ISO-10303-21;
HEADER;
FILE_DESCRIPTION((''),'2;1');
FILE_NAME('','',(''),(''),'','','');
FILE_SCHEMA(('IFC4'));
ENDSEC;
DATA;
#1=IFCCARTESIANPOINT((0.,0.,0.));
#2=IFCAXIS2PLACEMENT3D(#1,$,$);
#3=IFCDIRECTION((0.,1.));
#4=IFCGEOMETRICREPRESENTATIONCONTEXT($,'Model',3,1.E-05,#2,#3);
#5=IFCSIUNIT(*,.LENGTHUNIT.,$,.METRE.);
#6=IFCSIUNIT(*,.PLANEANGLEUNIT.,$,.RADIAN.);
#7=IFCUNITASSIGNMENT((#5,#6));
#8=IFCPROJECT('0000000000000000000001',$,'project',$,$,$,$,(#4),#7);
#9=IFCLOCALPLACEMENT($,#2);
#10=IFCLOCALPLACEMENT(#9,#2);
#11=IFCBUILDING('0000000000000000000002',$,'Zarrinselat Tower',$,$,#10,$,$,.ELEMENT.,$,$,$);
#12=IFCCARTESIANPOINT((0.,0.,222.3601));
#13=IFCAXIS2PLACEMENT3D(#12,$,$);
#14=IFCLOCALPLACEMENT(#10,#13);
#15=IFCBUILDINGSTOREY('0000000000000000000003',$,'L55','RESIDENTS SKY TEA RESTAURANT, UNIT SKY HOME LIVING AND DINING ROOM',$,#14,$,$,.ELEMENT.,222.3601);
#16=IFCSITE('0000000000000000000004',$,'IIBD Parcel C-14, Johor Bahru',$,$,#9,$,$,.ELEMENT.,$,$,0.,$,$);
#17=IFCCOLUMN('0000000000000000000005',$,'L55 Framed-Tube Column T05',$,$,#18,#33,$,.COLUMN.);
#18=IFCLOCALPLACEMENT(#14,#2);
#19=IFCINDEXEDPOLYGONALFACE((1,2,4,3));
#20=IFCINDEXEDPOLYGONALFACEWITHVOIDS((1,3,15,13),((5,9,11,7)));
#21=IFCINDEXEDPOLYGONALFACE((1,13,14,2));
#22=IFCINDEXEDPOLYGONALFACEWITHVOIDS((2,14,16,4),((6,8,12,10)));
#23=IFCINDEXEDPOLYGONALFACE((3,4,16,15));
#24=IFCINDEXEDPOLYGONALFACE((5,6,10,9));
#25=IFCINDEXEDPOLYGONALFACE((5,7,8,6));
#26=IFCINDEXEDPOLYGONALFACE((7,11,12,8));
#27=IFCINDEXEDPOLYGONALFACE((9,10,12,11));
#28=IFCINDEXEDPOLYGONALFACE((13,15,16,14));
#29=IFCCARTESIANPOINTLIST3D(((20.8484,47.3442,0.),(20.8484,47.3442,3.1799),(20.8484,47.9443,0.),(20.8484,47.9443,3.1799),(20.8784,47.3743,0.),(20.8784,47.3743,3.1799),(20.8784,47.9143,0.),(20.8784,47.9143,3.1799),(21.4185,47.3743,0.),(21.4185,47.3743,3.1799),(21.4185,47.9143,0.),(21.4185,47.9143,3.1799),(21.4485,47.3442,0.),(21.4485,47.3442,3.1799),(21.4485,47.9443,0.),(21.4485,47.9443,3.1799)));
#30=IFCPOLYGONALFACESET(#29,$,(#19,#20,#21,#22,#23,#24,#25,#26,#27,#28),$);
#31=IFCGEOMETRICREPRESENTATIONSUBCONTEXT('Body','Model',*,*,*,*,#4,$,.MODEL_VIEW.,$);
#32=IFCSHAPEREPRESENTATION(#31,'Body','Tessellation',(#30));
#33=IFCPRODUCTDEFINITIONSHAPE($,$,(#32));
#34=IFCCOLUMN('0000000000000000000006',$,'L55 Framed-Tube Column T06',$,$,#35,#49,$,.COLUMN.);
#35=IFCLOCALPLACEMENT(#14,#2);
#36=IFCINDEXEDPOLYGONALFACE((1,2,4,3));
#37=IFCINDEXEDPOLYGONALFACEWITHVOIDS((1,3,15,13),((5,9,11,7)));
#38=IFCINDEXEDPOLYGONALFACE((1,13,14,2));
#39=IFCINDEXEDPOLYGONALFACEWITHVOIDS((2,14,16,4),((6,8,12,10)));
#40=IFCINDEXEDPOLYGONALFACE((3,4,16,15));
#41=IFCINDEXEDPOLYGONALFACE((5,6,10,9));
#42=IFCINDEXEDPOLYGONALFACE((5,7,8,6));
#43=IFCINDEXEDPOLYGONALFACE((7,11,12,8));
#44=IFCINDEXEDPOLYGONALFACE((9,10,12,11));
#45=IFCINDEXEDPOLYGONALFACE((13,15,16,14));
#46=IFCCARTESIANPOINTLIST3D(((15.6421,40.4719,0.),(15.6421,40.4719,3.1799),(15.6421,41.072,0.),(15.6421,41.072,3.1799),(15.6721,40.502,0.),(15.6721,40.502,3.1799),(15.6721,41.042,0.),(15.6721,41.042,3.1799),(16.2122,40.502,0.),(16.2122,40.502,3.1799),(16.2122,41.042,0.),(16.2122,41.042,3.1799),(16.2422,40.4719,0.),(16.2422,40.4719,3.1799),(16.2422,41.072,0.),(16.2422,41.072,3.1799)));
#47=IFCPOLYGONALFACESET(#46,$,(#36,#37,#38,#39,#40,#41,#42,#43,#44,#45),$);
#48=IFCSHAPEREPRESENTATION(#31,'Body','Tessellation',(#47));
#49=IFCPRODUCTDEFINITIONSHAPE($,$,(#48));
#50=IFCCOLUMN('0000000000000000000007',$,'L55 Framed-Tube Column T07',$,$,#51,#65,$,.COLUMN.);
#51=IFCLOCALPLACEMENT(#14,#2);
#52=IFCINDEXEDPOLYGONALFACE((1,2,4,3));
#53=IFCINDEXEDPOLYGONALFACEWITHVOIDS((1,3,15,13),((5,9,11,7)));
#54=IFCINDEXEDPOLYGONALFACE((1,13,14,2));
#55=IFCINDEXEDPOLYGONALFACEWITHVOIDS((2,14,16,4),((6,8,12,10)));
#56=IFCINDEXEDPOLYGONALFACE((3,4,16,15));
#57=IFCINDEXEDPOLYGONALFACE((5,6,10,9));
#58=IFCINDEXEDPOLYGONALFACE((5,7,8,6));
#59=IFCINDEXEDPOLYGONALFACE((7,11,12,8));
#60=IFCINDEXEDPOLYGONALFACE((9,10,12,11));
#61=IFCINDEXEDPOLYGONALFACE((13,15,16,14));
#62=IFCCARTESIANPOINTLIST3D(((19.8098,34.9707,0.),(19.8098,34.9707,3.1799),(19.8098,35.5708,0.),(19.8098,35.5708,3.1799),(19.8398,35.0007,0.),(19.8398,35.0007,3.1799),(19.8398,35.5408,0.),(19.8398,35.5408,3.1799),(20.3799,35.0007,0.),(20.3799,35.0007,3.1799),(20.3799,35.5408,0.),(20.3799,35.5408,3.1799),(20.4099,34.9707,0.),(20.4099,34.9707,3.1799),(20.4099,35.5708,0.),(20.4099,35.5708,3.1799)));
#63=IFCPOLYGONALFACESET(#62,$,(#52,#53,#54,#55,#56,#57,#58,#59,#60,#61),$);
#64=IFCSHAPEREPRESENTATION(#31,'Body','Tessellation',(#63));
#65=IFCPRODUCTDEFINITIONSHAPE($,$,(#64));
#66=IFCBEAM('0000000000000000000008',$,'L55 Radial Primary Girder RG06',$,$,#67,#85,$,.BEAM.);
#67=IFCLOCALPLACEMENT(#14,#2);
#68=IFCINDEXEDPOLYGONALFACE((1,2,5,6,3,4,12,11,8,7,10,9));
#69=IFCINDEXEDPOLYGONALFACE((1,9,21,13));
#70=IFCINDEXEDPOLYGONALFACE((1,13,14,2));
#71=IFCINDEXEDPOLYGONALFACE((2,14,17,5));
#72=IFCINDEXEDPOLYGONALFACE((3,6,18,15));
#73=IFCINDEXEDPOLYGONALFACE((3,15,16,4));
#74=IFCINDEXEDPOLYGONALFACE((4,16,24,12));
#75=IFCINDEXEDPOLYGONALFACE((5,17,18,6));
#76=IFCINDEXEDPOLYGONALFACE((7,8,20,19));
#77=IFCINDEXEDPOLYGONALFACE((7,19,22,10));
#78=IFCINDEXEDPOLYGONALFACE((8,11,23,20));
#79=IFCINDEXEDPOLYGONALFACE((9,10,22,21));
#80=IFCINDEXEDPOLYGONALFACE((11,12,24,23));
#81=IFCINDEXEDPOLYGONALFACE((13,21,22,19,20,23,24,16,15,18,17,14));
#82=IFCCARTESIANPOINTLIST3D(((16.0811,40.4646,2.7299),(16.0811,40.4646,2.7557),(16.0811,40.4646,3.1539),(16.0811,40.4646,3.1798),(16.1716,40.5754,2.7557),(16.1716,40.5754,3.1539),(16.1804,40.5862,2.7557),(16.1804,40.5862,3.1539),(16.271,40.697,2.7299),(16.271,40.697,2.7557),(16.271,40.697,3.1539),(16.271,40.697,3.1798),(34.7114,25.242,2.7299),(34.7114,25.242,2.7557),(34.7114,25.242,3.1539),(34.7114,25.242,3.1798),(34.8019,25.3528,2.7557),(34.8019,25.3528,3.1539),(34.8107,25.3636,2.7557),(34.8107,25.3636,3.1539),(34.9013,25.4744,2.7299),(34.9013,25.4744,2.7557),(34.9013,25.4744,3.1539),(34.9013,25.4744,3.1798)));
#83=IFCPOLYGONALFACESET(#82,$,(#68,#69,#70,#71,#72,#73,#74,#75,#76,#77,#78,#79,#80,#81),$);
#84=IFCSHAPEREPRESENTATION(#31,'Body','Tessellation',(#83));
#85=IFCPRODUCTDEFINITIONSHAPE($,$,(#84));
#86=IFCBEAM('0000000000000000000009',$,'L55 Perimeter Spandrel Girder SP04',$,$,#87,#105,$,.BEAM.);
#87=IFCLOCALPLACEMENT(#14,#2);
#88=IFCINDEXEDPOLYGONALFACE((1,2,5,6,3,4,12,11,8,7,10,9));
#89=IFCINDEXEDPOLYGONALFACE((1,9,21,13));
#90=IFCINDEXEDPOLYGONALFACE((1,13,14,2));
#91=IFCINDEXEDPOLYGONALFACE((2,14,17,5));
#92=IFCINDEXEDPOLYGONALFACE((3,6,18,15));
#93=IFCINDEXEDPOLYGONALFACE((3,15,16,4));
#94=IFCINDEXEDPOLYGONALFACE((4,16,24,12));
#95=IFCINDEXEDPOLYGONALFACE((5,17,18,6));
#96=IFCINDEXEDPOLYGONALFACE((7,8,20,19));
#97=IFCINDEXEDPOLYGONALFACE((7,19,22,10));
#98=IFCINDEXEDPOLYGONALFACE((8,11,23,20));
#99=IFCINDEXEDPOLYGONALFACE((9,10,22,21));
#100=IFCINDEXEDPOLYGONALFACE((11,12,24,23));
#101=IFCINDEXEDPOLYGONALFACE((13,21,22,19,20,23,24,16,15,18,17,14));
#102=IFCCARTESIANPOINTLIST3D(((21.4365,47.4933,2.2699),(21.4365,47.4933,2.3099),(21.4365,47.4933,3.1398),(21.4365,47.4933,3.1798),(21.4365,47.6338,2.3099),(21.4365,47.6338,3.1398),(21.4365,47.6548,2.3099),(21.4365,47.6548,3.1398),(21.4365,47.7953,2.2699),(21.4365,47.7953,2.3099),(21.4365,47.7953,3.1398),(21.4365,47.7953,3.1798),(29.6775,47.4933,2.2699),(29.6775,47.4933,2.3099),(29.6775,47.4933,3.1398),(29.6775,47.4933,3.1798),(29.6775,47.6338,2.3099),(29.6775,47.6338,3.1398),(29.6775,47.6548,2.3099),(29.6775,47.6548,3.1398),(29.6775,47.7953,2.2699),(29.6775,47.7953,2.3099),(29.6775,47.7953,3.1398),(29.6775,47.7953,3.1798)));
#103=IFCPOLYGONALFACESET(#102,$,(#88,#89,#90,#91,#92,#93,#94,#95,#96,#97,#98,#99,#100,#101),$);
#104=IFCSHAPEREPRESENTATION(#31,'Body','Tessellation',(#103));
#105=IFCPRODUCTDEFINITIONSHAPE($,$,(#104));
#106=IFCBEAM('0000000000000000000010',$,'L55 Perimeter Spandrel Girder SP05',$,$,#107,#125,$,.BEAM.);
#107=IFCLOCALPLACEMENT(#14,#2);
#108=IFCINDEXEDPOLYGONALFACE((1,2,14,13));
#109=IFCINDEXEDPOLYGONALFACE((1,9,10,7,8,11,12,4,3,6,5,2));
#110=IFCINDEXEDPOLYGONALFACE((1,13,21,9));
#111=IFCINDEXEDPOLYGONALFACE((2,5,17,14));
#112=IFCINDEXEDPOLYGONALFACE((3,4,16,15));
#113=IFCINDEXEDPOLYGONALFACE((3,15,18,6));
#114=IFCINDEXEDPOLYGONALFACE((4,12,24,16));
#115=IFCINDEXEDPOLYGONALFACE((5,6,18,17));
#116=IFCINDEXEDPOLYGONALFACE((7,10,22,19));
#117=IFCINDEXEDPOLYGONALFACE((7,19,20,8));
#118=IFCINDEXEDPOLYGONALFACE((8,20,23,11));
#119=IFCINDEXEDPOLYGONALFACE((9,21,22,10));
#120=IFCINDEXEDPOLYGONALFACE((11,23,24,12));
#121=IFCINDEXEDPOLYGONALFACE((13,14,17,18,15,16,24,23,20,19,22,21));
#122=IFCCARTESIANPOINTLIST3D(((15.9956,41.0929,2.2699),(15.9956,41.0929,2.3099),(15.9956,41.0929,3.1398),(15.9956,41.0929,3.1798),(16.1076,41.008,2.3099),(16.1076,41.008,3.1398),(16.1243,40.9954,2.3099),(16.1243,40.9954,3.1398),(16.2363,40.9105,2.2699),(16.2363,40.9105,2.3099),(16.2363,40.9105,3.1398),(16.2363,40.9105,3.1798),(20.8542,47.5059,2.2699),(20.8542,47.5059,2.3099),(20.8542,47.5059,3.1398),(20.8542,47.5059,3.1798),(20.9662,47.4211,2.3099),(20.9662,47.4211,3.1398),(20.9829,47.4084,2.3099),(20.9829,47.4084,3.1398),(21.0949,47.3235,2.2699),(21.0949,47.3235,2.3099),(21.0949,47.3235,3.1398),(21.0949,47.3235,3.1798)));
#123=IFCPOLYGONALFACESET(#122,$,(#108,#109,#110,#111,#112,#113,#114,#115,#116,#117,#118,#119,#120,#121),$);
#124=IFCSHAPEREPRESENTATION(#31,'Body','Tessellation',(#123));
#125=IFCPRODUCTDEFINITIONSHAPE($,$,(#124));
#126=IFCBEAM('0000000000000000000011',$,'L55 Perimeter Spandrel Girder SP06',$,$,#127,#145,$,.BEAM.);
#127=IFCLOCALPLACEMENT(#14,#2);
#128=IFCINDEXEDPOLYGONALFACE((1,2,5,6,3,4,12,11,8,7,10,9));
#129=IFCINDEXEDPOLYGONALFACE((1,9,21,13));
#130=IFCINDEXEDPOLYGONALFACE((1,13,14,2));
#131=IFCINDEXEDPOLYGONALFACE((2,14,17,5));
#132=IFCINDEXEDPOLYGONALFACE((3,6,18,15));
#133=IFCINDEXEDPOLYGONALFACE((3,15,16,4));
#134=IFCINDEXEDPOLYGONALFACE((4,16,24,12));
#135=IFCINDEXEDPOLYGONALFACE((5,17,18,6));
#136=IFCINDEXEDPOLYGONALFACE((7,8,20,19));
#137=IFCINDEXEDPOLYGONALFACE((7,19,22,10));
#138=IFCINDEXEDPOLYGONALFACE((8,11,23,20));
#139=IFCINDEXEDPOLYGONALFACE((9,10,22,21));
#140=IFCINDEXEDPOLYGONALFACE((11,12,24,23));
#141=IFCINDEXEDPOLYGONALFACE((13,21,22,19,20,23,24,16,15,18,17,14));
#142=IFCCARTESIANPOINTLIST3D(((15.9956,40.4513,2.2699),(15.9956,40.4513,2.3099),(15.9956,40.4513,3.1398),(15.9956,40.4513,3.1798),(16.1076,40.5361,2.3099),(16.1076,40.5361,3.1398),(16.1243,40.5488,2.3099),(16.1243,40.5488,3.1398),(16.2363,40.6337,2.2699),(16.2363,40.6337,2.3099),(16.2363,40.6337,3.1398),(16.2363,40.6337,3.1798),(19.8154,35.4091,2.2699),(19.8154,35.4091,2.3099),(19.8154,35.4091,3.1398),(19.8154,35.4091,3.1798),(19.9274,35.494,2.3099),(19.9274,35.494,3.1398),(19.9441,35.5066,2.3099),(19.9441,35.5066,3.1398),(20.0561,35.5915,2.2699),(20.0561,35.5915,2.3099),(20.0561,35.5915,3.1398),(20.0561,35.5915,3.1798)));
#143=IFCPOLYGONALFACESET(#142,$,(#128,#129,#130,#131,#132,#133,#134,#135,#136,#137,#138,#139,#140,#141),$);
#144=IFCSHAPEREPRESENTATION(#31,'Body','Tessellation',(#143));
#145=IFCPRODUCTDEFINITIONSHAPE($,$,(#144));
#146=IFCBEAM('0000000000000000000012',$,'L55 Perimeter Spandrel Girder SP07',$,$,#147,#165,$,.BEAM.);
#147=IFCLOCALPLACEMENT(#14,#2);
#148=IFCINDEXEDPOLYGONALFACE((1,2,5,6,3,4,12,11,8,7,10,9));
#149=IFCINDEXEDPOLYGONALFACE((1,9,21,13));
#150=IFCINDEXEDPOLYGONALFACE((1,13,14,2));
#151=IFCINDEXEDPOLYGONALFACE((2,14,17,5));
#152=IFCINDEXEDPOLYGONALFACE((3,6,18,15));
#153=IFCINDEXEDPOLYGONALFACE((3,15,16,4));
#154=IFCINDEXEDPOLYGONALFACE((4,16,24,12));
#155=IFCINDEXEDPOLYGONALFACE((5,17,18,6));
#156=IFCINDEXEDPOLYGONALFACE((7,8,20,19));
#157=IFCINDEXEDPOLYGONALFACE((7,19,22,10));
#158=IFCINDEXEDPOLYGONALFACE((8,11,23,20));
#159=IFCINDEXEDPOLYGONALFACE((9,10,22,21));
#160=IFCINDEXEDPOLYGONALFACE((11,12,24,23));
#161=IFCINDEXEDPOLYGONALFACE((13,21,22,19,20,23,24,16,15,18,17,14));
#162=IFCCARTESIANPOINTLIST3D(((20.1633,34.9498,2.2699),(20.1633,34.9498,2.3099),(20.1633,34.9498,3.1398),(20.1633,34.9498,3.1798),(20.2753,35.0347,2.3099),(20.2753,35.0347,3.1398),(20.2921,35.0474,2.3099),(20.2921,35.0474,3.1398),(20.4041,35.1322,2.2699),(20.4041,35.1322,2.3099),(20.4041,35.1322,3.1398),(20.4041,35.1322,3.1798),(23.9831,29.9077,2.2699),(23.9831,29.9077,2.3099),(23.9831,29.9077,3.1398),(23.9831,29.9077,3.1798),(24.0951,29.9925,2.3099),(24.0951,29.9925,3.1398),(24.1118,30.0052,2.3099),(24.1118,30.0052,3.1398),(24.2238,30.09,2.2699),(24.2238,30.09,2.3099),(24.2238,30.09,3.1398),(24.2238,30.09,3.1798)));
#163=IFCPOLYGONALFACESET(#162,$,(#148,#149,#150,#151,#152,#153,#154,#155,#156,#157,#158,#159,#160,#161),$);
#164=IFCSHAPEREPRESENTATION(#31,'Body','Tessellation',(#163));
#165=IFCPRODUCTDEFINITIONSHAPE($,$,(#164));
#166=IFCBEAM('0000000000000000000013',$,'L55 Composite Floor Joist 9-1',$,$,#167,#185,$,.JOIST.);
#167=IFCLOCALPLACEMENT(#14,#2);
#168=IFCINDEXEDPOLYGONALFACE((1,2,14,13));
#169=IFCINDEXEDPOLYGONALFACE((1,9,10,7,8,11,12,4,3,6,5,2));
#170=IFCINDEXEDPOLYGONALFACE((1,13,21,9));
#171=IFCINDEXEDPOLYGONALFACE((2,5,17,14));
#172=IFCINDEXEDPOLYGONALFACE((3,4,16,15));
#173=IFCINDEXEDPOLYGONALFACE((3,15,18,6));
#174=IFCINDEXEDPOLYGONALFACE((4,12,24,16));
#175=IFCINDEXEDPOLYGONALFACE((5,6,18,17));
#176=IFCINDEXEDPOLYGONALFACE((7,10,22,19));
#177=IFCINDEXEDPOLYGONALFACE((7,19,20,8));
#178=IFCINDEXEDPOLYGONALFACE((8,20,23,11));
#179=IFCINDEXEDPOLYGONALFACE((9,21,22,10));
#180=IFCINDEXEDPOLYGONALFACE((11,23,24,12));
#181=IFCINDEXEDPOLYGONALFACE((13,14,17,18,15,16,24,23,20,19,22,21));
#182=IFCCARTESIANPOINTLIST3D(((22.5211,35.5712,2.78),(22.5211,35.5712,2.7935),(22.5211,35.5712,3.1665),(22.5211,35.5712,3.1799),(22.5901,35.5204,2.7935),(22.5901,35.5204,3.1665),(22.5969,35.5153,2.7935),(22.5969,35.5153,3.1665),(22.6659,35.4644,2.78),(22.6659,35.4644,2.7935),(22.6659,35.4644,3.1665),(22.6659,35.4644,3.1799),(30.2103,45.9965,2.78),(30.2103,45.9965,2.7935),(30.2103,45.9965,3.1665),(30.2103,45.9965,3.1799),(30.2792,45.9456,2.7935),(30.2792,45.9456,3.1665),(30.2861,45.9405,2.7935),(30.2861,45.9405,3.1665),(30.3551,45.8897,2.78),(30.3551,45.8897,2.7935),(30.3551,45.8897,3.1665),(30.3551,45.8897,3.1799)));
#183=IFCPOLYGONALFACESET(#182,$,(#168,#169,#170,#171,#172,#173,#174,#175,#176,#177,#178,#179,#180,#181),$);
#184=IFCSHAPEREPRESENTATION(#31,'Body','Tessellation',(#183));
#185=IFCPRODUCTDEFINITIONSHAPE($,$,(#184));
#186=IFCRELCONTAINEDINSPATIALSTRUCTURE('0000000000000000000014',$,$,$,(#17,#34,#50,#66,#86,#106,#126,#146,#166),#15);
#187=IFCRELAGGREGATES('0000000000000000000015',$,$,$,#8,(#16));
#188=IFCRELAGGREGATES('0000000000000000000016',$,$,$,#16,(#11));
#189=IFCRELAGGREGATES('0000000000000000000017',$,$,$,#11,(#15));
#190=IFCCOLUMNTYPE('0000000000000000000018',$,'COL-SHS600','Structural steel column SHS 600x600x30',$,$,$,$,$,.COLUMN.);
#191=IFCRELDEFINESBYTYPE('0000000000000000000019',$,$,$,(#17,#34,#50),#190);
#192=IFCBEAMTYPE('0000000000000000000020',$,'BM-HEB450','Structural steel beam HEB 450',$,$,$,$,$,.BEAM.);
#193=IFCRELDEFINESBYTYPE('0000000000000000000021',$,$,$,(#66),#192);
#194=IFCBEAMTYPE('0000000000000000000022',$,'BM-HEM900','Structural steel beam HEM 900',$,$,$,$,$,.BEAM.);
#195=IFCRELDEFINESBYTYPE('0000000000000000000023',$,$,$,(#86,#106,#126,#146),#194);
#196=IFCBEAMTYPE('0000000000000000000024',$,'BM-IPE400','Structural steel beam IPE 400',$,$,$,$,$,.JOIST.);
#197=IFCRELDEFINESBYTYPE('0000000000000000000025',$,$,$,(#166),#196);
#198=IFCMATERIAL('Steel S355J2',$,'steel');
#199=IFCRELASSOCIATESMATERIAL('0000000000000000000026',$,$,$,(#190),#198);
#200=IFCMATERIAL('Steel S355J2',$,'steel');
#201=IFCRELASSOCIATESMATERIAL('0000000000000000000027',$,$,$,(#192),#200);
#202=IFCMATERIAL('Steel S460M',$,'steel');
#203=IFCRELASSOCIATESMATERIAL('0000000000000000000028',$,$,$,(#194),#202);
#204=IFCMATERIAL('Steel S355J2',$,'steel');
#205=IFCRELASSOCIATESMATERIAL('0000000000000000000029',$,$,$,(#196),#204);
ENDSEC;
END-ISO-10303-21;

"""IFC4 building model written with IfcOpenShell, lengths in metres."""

from ifc_helpers import new_model, si_unit, direction, frame, origin, origin_2d, place, context, subcontext, project, spatial, hollow_rectangle, i_section, extrude, material, material_profile, profile_set, type_object, element, save


model = new_model("IFC4")

# Units and contexts
model_context = context("Model", 3, precision=1e-05, world=origin(), true_north=direction((0.0, 1.0)))
body_context = subcontext(model_context, "Body", "Model", "MODEL_VIEW")
ifc_project = project(units=[si_unit("LENGTHUNIT", "METRE"), si_unit("PLANEANGLEUNIT", "RADIAN")], contexts=[model_context])

# Site, building, storey
site_placement = place(None, origin())
site = spatial("IfcSite", under=ifc_project, at=site_placement, Name="IIBD Parcel C-14, Johor Bahru", CompositionType="ELEMENT", RefElevation=0.0)
building_placement = place(site_placement, origin())
building = spatial("IfcBuilding", under=site, at=building_placement, Name="Zarrinselat Tower", CompositionType="ELEMENT")
storey_placement = place(building_placement, frame((0.0, 0.0, 222.3601)))
storey = spatial("IfcBuildingStorey", under=building, at=storey_placement, Name="L55", Description="RESIDENTS SKY TEA RESTAURANT, UNIT SKY HOME LIVING AND DINING ROOM", CompositionType="ELEMENT", Elevation=222.3601)

# Columns
ifc_material_1 = material(Name="Steel S355J2", Category="steel")
ifc_material_profile_1 = material_profile(ifc_material_1, hollow_rectangle(XDim=0.6001, YDim=0.6001, WallThickness=0.03, at=origin_2d()), Name="SHS 600x600x30")
ifc_profile_set_1 = profile_set([ifc_material_profile_1], Name="Steel S355J2")
column_type = type_object("IfcColumnType", Name="COL-SHS600", Description="Structural steel column SHS 600x600x30", PredefinedType="COLUMN", material=ifc_profile_set_1)
for number, where, z_axis, x_axis, name in (
    (1, (21.1484, 47.6443, 0.0), (0.0, 0.0, 1.0), (1.0, 0.0, 0.0), "L55 Framed-Tube Column T05"),
    (2, (15.9421, 40.772, 0.0), (0.0, 0.0, 1.0), (1.0, 0.0, 0.0), "L55 Framed-Tube Column T06"),
    (3, (20.1099, 35.2708, 0.0), (0.0, 0.0, 1.0), (1.0, 0.0, 0.0), "L55 Framed-Tube Column T07"),
):
    element("IfcColumn", number, at=place(storey_placement, frame(where, z_axis=z_axis, x_axis=x_axis)), inside=storey, type_object=column_type, Name=name, PredefinedType="COLUMN", context=body_context, shape_type="SweptSolid", body=[
        extrude(hollow_rectangle(XDim=0.6001, YDim=0.6001, WallThickness=0.03, at=origin_2d()), origin(), (0.0, 0.0, 1.0), 3.1799),
    ])

# Beams
ifc_material_2 = material(Name="Steel S355J2", Category="steel")
ifc_material_profile_2 = material_profile(ifc_material_2, i_section(OverallWidth=0.3, OverallDepth=0.45, WebThickness=0.0139, FlangeThickness=0.0259, at=origin_2d()), Name="HEB 450")
ifc_profile_set_2 = profile_set([ifc_material_profile_2], Name="Steel S355J2")
beam_type_1 = type_object("IfcBeamType", Name="BM-HEB450", Description="Structural steel beam HEB 450", PredefinedType="BEAM", material=ifc_profile_set_2)
beam_1_placement = place(storey_placement, frame((16.176, 40.5808, 2.9548), z_axis=(0.774372, -0.63273, 0.0), x_axis=(0.63273, 0.774372, 0.0)))
element("IfcBeam", 4, at=beam_1_placement, inside=storey, type_object=beam_type_1, Name="L55 Radial Primary Girder RG06", PredefinedType="BEAM", context=body_context, shape_type="SweptSolid", body=[
    extrude(i_section(OverallWidth=0.3, OverallDepth=0.45, WebThickness=0.0139, FlangeThickness=0.0259, at=origin_2d()), origin(), (0.0, 0.0, 1.0), 24.0586),
])
ifc_material_3 = material(Name="Steel S460M", Category="steel")
ifc_material_profile_3 = material_profile(ifc_material_3, i_section(OverallWidth=0.302, OverallDepth=0.9099, WebThickness=0.021, FlangeThickness=0.04, at=origin_2d()), Name="HEM 900")
ifc_profile_set_3 = profile_set([ifc_material_profile_3], Name="Steel S460M")
beam_type_2 = type_object("IfcBeamType", Name="BM-HEM900", Description="Structural steel beam HEM 900", PredefinedType="BEAM", material=ifc_profile_set_3)
beam_2_placement = place(storey_placement, frame((21.4365, 47.6443, 2.7249), z_axis=(1.0, 0.0, 0.0), x_axis=(0.0, 1.0, 0.0)))
element("IfcBeam", 5, at=beam_2_placement, inside=storey, type_object=beam_type_2, Name="L55 Perimeter Spandrel Girder SP04", PredefinedType="BEAM", context=body_context, shape_type="SweptSolid", body=[
    extrude(i_section(OverallWidth=0.302, OverallDepth=0.9099, WebThickness=0.021, FlangeThickness=0.04, at=origin_2d()), origin(), (0.0, 0.0, 1.0), 8.241),
])
beam_3_placement = place(storey_placement, frame((16.116, 41.0017, 2.7249), z_axis=(0.603877, 0.797078, 0.0), x_axis=(-0.797078, 0.603877, 0.0)))
element("IfcBeam", 6, at=beam_3_placement, inside=storey, type_object=beam_type_2, Name="L55 Perimeter Spandrel Girder SP05", PredefinedType="BEAM", context=body_context, shape_type="SweptSolid", body=[
    extrude(i_section(OverallWidth=0.302, OverallDepth=0.9099, WebThickness=0.021, FlangeThickness=0.04, at=origin_2d()), origin(), (0.0, 0.0, 1.0), 8.0457),
])
for number, where, z_axis, x_axis, name in (
    (7, (16.116, 40.5425, 2.7249), (0.603852, -0.797096, 0.0), (0.797096, 0.603852, 0.0), "L55 Perimeter Spandrel Girder SP06"),
    (8, (20.2837, 35.041, 2.7249), (0.603852, -0.797096, 0.0), (0.797096, 0.603852, 0.0), "L55 Perimeter Spandrel Girder SP07"),
):
    element("IfcBeam", number, at=place(storey_placement, frame(where, z_axis=z_axis, x_axis=x_axis)), inside=storey, type_object=beam_type_2, Name=name, PredefinedType="BEAM", context=body_context, shape_type="SweptSolid", body=[
        extrude(i_section(OverallWidth=0.302, OverallDepth=0.9099, WebThickness=0.021, FlangeThickness=0.04, at=origin_2d()), origin(), (0.0, 0.0, 1.0), 6.3257),
    ])
ifc_material_4 = material(Name="Steel S355J2", Category="steel")
ifc_material_profile_4 = material_profile(ifc_material_4, i_section(OverallWidth=0.1799, OverallDepth=0.3999, WebThickness=0.0085, FlangeThickness=0.0134, at=origin_2d()), Name="IPE 400")
ifc_profile_set_4 = profile_set([ifc_material_profile_4], Name="Steel S355J2")
beam_type_3 = type_object("IfcBeamType", Name="BM-IPE400", Description="Structural steel beam IPE 400", PredefinedType="JOIST", material=ifc_profile_set_4)
beam_4_placement = place(storey_placement, frame((22.5935, 35.5178, 2.98), z_axis=(0.59357, 0.804782, 0.0), x_axis=(-0.804782, 0.59357, 0.0)))
element("IfcBeam", 9, at=beam_4_placement, inside=storey, type_object=beam_type_3, Name="L55 Composite Floor Joist 9-1", PredefinedType="JOIST", context=body_context, shape_type="SweptSolid", body=[
    extrude(i_section(OverallWidth=0.1799, OverallDepth=0.3999, WebThickness=0.0085, FlangeThickness=0.0134, at=origin_2d()), origin(), (0.0, 0.0, 1.0), 12.9541),
])

save(model, "model.ifc")
